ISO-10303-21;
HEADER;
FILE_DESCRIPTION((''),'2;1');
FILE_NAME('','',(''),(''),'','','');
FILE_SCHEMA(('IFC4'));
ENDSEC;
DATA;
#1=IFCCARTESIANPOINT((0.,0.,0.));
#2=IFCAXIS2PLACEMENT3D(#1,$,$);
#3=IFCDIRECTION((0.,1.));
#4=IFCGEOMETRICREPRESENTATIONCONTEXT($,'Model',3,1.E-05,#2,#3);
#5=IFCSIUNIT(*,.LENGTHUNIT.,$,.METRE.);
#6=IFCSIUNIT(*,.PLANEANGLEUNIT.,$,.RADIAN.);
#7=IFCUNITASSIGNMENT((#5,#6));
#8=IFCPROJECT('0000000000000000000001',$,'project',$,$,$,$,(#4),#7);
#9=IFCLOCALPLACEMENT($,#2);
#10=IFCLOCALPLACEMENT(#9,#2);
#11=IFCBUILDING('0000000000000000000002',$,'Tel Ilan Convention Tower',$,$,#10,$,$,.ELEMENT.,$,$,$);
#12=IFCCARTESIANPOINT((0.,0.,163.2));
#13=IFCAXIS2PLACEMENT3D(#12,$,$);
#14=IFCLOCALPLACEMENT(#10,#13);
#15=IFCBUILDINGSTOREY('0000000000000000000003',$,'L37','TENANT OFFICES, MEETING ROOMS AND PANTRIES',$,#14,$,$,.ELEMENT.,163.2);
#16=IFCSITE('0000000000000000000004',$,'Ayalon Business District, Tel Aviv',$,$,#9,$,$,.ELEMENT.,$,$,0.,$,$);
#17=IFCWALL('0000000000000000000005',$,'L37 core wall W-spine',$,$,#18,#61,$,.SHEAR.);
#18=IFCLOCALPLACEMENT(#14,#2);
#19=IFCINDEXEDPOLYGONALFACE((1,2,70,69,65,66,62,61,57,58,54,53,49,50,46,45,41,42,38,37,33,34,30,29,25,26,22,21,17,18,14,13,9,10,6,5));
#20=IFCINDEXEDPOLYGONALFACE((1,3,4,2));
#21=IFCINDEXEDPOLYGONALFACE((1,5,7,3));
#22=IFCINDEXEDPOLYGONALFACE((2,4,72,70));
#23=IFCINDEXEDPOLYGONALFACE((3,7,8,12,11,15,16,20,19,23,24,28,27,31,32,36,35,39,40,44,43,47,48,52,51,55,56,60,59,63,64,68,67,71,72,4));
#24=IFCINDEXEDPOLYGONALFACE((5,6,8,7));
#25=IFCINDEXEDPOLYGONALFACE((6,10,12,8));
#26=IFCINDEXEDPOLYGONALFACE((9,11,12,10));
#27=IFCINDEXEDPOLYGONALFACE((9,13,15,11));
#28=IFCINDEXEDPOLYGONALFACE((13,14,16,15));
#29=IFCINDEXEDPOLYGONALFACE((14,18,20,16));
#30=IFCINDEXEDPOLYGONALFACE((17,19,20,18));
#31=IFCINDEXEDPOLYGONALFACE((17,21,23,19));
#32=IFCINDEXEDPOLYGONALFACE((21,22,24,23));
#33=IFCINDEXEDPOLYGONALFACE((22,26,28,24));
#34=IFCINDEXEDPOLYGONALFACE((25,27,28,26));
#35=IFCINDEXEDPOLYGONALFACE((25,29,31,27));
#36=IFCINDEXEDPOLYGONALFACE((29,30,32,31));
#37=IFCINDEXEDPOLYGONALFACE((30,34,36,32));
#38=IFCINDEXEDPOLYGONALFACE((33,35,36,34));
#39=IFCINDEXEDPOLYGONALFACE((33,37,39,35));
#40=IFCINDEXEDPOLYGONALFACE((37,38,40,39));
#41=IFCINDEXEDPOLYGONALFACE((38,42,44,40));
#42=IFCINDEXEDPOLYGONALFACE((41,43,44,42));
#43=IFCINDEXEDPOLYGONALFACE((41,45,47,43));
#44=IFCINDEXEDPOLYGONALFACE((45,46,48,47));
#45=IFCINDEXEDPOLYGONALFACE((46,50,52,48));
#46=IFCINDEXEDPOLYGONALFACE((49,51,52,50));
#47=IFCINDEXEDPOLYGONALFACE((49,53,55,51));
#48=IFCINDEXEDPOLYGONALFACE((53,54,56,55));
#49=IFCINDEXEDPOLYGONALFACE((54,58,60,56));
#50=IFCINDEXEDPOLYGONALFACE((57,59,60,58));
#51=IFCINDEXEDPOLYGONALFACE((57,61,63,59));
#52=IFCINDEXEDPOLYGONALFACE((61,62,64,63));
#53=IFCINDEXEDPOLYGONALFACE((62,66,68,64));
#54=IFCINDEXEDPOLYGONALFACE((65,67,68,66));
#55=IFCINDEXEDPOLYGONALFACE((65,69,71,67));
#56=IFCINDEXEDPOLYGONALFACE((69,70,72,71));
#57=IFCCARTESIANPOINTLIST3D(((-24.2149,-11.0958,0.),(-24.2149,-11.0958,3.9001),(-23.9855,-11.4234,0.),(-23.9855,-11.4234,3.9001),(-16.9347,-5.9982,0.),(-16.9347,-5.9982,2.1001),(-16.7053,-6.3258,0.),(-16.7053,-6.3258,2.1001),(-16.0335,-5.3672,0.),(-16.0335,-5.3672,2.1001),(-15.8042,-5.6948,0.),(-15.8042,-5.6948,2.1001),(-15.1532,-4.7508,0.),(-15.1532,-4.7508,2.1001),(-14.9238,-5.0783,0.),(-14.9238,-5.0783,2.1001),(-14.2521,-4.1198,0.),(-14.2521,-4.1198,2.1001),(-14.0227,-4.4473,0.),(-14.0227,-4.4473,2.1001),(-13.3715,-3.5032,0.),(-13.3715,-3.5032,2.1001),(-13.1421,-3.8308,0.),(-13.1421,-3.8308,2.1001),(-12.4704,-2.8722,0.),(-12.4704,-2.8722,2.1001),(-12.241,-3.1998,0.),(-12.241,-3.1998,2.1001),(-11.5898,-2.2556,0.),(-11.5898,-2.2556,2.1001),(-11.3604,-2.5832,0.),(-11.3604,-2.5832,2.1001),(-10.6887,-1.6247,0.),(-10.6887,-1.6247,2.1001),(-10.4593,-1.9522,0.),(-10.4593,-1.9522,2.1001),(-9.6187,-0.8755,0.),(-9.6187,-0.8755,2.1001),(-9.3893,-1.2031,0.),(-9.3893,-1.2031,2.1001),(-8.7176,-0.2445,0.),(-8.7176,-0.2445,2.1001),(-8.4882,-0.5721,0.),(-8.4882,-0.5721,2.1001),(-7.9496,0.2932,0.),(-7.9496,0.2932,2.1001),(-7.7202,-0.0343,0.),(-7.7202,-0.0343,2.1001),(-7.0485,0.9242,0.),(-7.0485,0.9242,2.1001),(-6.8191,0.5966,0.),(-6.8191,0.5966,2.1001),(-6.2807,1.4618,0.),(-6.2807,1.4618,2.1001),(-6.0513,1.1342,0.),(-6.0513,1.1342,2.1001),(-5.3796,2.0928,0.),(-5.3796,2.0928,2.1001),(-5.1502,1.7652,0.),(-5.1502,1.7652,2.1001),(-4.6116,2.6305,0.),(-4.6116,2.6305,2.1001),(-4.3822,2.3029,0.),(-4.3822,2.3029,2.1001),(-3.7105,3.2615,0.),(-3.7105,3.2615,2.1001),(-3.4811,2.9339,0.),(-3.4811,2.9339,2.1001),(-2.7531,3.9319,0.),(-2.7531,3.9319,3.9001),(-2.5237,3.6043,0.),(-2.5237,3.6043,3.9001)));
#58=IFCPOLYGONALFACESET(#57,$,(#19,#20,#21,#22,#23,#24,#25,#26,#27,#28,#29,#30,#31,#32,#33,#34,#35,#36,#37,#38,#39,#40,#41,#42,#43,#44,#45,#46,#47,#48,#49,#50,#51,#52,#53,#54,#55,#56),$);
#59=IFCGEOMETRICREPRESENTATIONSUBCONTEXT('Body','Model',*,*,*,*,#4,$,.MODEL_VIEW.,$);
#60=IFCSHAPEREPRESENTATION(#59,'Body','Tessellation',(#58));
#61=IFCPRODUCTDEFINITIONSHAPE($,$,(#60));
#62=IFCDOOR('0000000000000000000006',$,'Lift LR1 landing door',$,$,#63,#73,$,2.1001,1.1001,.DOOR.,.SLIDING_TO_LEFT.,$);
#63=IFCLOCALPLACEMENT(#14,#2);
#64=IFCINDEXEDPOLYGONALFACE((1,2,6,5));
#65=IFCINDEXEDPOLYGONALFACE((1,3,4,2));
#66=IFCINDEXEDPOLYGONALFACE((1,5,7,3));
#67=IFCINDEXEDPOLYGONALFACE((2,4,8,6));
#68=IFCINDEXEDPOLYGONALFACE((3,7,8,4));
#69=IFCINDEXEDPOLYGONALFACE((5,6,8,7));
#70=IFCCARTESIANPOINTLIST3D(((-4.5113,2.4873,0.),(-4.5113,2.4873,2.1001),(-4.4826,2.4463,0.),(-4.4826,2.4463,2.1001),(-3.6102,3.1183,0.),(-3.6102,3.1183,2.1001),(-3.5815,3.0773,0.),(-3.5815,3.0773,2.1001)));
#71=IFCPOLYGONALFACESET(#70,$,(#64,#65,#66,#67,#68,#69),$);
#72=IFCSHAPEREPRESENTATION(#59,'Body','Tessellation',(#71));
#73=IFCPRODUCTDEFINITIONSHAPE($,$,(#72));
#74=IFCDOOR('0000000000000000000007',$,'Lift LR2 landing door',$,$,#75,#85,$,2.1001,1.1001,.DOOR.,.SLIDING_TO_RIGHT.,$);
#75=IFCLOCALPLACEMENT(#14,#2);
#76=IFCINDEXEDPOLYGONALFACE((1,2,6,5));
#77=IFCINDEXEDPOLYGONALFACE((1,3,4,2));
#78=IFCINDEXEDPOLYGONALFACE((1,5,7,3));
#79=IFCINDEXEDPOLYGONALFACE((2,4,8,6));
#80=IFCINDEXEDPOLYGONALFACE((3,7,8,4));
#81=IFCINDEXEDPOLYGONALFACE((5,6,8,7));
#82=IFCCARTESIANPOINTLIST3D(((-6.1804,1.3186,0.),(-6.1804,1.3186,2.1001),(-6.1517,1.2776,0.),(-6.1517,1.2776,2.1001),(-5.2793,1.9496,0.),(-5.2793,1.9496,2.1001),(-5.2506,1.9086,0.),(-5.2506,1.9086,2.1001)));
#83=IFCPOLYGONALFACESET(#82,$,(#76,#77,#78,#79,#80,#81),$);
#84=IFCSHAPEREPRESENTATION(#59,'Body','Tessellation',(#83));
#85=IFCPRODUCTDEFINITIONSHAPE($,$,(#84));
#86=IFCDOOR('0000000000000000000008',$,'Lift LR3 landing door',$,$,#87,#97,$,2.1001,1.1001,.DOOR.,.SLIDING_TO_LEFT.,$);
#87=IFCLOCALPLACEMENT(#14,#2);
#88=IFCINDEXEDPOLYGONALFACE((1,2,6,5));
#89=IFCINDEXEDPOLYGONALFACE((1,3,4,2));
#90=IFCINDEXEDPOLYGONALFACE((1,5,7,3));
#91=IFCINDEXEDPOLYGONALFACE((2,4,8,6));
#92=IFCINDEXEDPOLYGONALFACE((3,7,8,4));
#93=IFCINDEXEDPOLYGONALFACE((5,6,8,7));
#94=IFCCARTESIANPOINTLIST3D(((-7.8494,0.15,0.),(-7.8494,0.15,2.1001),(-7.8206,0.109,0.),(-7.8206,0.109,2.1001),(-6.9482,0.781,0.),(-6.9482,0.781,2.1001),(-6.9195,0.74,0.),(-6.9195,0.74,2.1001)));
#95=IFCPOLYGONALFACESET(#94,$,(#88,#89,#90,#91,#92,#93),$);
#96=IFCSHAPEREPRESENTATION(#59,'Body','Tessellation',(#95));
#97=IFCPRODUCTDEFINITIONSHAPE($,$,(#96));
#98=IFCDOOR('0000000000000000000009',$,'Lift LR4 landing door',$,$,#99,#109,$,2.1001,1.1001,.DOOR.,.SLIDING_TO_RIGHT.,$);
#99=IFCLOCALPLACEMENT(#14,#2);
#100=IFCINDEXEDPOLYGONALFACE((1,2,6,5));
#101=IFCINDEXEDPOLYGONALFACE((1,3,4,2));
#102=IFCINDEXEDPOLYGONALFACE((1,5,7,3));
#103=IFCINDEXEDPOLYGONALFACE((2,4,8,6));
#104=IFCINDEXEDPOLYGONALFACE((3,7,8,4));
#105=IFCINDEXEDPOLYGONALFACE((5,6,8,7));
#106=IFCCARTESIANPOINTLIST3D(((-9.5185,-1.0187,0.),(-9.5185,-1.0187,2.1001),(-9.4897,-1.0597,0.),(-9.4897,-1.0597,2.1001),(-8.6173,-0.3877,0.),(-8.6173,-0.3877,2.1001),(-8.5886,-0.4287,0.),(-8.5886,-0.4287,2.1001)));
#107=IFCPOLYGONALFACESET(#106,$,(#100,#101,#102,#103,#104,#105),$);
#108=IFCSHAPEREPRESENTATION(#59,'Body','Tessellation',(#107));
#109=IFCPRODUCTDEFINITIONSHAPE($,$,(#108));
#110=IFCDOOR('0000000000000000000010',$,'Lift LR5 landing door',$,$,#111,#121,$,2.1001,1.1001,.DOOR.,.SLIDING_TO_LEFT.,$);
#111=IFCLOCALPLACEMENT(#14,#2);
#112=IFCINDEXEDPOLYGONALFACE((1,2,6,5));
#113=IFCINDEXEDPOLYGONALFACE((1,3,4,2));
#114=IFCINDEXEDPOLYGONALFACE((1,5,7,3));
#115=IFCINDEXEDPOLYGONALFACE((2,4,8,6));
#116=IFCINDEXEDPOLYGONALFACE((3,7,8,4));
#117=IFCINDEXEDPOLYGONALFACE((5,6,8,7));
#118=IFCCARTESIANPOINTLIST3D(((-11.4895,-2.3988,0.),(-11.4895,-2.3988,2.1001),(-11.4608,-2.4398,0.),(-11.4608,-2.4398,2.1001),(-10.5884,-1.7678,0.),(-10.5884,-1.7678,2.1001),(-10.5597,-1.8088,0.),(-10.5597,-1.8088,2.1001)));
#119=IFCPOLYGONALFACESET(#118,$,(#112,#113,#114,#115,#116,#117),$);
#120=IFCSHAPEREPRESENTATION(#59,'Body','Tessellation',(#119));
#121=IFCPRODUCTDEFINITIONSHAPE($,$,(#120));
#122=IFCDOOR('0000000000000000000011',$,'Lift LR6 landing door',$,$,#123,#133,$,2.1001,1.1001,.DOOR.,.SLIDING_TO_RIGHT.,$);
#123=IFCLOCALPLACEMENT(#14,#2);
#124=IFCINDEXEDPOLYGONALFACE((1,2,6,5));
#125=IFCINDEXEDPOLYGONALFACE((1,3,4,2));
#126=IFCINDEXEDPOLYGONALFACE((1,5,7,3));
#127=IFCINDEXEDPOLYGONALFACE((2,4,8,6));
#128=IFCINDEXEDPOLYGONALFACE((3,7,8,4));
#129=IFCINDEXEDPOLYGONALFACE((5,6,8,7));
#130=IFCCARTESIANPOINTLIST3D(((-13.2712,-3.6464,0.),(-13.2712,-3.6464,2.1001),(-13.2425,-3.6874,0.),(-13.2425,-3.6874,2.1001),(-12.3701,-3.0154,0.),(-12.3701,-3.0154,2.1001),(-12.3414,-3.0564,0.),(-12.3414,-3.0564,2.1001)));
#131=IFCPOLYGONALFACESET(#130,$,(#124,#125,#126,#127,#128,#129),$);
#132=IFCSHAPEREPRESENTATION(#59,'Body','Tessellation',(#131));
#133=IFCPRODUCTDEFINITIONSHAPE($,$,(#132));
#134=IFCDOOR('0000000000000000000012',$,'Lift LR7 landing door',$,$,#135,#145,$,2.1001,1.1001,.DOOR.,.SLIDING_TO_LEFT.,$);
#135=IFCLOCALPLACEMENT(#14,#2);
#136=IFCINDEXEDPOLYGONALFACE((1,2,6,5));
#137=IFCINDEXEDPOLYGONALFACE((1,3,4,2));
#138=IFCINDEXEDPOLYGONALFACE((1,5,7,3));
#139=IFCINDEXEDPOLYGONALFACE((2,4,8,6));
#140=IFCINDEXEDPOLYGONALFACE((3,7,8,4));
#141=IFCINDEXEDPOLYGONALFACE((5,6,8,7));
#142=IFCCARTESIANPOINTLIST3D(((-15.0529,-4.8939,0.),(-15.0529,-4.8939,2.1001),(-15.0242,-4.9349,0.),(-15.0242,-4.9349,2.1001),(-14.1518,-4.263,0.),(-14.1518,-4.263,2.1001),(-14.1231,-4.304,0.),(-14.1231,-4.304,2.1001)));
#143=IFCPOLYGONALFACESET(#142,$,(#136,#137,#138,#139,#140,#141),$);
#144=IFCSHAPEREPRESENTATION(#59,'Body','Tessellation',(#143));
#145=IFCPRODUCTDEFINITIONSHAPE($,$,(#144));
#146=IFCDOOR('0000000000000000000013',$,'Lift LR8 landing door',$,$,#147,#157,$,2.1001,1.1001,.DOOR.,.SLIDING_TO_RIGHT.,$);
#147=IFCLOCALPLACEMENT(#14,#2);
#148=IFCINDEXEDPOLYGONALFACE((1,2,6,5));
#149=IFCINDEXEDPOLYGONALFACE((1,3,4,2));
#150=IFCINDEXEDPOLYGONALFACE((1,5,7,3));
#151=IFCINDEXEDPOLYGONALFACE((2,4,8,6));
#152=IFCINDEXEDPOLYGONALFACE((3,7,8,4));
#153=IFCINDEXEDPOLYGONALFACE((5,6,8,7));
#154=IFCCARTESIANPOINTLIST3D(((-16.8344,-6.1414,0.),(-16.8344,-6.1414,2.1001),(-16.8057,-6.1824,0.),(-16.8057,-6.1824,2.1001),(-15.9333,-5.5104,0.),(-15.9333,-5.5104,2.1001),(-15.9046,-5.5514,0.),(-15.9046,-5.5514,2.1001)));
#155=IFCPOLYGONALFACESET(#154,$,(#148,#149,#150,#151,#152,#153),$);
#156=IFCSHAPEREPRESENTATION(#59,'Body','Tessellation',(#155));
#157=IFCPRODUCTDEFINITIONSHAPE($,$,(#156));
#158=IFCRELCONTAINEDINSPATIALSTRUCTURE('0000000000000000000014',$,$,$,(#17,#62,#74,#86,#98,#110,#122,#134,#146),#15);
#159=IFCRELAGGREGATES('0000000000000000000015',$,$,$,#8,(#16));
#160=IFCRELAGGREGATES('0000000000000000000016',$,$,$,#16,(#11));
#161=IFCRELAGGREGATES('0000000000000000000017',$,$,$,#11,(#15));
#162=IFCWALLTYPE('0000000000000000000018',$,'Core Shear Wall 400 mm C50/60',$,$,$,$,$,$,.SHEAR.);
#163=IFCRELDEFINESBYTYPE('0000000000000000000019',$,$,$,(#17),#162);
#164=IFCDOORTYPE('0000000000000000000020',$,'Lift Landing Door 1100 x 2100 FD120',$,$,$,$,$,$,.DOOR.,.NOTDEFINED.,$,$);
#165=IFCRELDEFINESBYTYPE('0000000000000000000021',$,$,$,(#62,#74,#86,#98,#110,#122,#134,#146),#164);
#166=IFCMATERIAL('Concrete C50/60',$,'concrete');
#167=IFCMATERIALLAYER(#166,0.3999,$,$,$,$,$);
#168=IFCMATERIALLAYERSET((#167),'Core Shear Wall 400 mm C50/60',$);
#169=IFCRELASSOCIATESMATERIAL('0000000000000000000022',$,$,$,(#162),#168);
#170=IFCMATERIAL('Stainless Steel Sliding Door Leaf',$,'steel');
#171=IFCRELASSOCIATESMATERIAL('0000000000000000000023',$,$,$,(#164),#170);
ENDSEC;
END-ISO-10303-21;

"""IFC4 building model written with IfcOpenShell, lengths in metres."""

from ifc_helpers import new_model, si_unit, direction, frame, frame_2d, origin, place, context, subcontext, project, spatial, polyline, rectangle, outline, extrude, material, layer, layer_set, type_object, element, fill, save


model = new_model("IFC4")

# Units and contexts
model_context = context("Model", 3, precision=1e-05, world=origin(), true_north=direction((0.0, 1.0)))
body_context = subcontext(model_context, "Body", "Model", "MODEL_VIEW")
ifc_project = project(units=[si_unit("LENGTHUNIT", "METRE"), si_unit("PLANEANGLEUNIT", "RADIAN")], contexts=[model_context])

# Site, building, storey
site_placement = place(None, origin())
site = spatial("IfcSite", under=ifc_project, at=site_placement, Name="Ayalon Business District, Tel Aviv", CompositionType="ELEMENT", RefElevation=0.0)
building_placement = place(site_placement, origin())
building = spatial("IfcBuilding", under=site, at=building_placement, Name="Tel Ilan Convention Tower", CompositionType="ELEMENT")
storey_placement = place(building_placement, frame((0.0, 0.0, 163.2)))
storey = spatial("IfcBuildingStorey", under=building, at=storey_placement, Name="L37", Description="TENANT OFFICES, MEETING ROOMS AND PANTRIES", CompositionType="ELEMENT", Elevation=163.2)

# Wall, openings, doors
ifc_material_1 = material(Name="Concrete C50/60", Category="concrete")
ifc_layer_1 = layer(ifc_material_1, 0.3999)
ifc_layer_set_1 = layer_set([ifc_layer_1], Name="Core Shear Wall 400 mm C50/60")
wall_type_1 = type_object("IfcWallType", Name="Core Shear Wall 400 mm C50/60", PredefinedType="SHEAR", material=ifc_layer_set_1)
wall_1_placement = place(storey_placement, frame((-2.6384, 3.7681, 0.0), z_axis=(0.0, 0.0, 1.0), x_axis=(-0.819153, -0.573576, 0.0)))
wall_1 = element("IfcWall", 1, at=wall_1_placement, inside=storey, type_object=wall_type_1, Name="L37 core wall W-spine", PredefinedType="SHEAR", context=body_context, shape_type="SweptSolid", body=[
    extrude(outline(polyline([(26.2, 0.2), (0.0, 0.2), (0.0, -0.2), (26.2, -0.2), (26.2, 0.2)])), origin(), (0.0, 0.0, 1.0), 3.9001),
])
opening_1_placement = place(wall_1_placement, frame((1.1687, 0.0, 0.0)))
opening_1 = element("IfcOpeningElement", 2, at=opening_1_placement, cuts=wall_1, PredefinedType="OPENING", context=body_context, shape_type="SweptSolid", body=[
    extrude(rectangle(XDim=1.1001, YDim=2.1001, at=frame_2d((0.55, 1.05))), frame((0.0, 0.21, 0.0), z_axis=(0.0, -1.0, 0.0), x_axis=(1.0, 0.0, 0.0)), (0.0, 0.0, 1.0), 0.4199),
])
opening_2_placement = place(wall_1_placement, frame((3.2063, 0.0, 0.0)))
opening_2 = element("IfcOpeningElement", 3, at=opening_2_placement, cuts=wall_1, PredefinedType="OPENING", context=body_context, shape_type="SweptSolid", body=[
    extrude(rectangle(XDim=1.1001, YDim=2.1001, at=frame_2d((0.55, 1.05))), frame((0.0, 0.21, 0.0), z_axis=(0.0, -1.0, 0.0), x_axis=(1.0, 0.0, 0.0)), (0.0, 0.0, 1.0), 0.4199),
])
opening_3_placement = place(wall_1_placement, frame((5.2437, 0.0, 0.0)))
opening_3 = element("IfcOpeningElement", 4, at=opening_3_placement, cuts=wall_1, PredefinedType="OPENING", context=body_context, shape_type="SweptSolid", body=[
    extrude(rectangle(XDim=1.1001, YDim=2.1001, at=frame_2d((0.55, 1.05))), frame((0.0, 0.21, 0.0), z_axis=(0.0, -1.0, 0.0), x_axis=(1.0, 0.0, 0.0)), (0.0, 0.0, 1.0), 0.4199),
])
opening_4_placement = place(wall_1_placement, frame((7.2812, 0.0, 0.0)))
opening_4 = element("IfcOpeningElement", 5, at=opening_4_placement, cuts=wall_1, PredefinedType="OPENING", context=body_context, shape_type="SweptSolid", body=[
    extrude(rectangle(XDim=1.1001, YDim=2.1001, at=frame_2d((0.55, 1.05))), frame((0.0, 0.21, 0.0), z_axis=(0.0, -1.0, 0.0), x_axis=(1.0, 0.0, 0.0)), (0.0, 0.0, 1.0), 0.4199),
])
opening_5_placement = place(wall_1_placement, frame((9.6875, 0.0, 0.0)))
opening_5 = element("IfcOpeningElement", 6, at=opening_5_placement, cuts=wall_1, PredefinedType="OPENING", context=body_context, shape_type="SweptSolid", body=[
    extrude(rectangle(XDim=1.1001, YDim=2.1001, at=frame_2d((0.55, 1.05))), frame((0.0, 0.21, 0.0), z_axis=(0.0, -1.0, 0.0), x_axis=(1.0, 0.0, 0.0)), (0.0, 0.0, 1.0), 0.4199),
])
opening_6_placement = place(wall_1_placement, frame((11.8625, 0.0, 0.0)))
opening_6 = element("IfcOpeningElement", 7, at=opening_6_placement, cuts=wall_1, PredefinedType="OPENING", context=body_context, shape_type="SweptSolid", body=[
    extrude(rectangle(XDim=1.1001, YDim=2.1001, at=frame_2d((0.55, 1.05))), frame((0.0, 0.21, 0.0), z_axis=(0.0, -1.0, 0.0), x_axis=(1.0, 0.0, 0.0)), (0.0, 0.0, 1.0), 0.4199),
])
opening_7_placement = place(wall_1_placement, frame((14.0376, 0.0, 0.0)))
opening_7 = element("IfcOpeningElement", 8, at=opening_7_placement, cuts=wall_1, PredefinedType="OPENING", context=body_context, shape_type="SweptSolid", body=[
    extrude(rectangle(XDim=1.1001, YDim=2.1001, at=frame_2d((0.55, 1.05))), frame((0.0, 0.21, 0.0), z_axis=(0.0, -1.0, 0.0), x_axis=(1.0, 0.0, 0.0)), (0.0, 0.0, 1.0), 0.4199),
])
opening_8_placement = place(wall_1_placement, frame((16.2124, 0.0, 0.0)))
opening_8 = element("IfcOpeningElement", 9, at=opening_8_placement, cuts=wall_1, PredefinedType="OPENING", context=body_context, shape_type="SweptSolid", body=[
    extrude(rectangle(XDim=1.1001, YDim=2.1001, at=frame_2d((0.55, 1.05))), frame((0.0, 0.21, 0.0), z_axis=(0.0, -1.0, 0.0), x_axis=(1.0, 0.0, 0.0)), (0.0, 0.0, 1.0), 0.4199),
])
ifc_material_2 = material(Name="Stainless Steel Sliding Door Leaf", Category="steel")
door_type_1 = type_object("IfcDoorType", Name="Lift Landing Door 1100 x 2100 FD120", OperationType="NOTDEFINED", PredefinedType="DOOR", material=ifc_material_2)
door_1_placement = place(opening_1_placement, origin())
door_1 = element("IfcDoor", 10, at=door_1_placement, inside=storey, type_object=door_type_1, Name="Lift LR1 landing door", OperationType="SLIDING_TO_LEFT", OverallHeight=2.1001, OverallWidth=1.1001, PredefinedType="DOOR", context=body_context, shape_type="SweptSolid", body=[
    extrude(rectangle(XDim=1.1001, YDim=2.1001, at=frame_2d((0.55, 1.05))), frame((0.0, 0.0249, 0.0), z_axis=(0.0, -1.0, 0.0), x_axis=(1.0, 0.0, 0.0)), (0.0, 0.0, 1.0), 0.05),
])
fill(opening_1, door_1)
door_2_placement = place(opening_2_placement, origin())
door_2 = element("IfcDoor", 11, at=door_2_placement, inside=storey, type_object=door_type_1, Name="Lift LR2 landing door", OperationType="SLIDING_TO_RIGHT", OverallHeight=2.1001, OverallWidth=1.1001, PredefinedType="DOOR", context=body_context, shape_type="SweptSolid", body=[
    extrude(rectangle(XDim=1.1001, YDim=2.1001, at=frame_2d((0.55, 1.05))), frame((0.0, 0.0249, 0.0), z_axis=(0.0, -1.0, 0.0), x_axis=(1.0, 0.0, 0.0)), (0.0, 0.0, 1.0), 0.05),
])
fill(opening_2, door_2)
door_3_placement = place(opening_3_placement, origin())
door_3 = element("IfcDoor", 12, at=door_3_placement, inside=storey, type_object=door_type_1, Name="Lift LR3 landing door", OperationType="SLIDING_TO_LEFT", OverallHeight=2.1001, OverallWidth=1.1001, PredefinedType="DOOR", context=body_context, shape_type="SweptSolid", body=[
    extrude(rectangle(XDim=1.1001, YDim=2.1001, at=frame_2d((0.55, 1.05))), frame((0.0, 0.0249, 0.0), z_axis=(0.0, -1.0, 0.0), x_axis=(1.0, 0.0, 0.0)), (0.0, 0.0, 1.0), 0.05),
])
fill(opening_3, door_3)
door_4_placement = place(opening_4_placement, origin())
door_4 = element("IfcDoor", 13, at=door_4_placement, inside=storey, type_object=door_type_1, Name="Lift LR4 landing door", OperationType="SLIDING_TO_RIGHT", OverallHeight=2.1001, OverallWidth=1.1001, PredefinedType="DOOR", context=body_context, shape_type="SweptSolid", body=[
    extrude(rectangle(XDim=1.1001, YDim=2.1001, at=frame_2d((0.55, 1.05))), frame((0.0, 0.0249, 0.0), z_axis=(0.0, -1.0, 0.0), x_axis=(1.0, 0.0, 0.0)), (0.0, 0.0, 1.0), 0.05),
])
fill(opening_4, door_4)
door_5_placement = place(opening_5_placement, origin())
door_5 = element("IfcDoor", 14, at=door_5_placement, inside=storey, type_object=door_type_1, Name="Lift LR5 landing door", OperationType="SLIDING_TO_LEFT", OverallHeight=2.1001, OverallWidth=1.1001, PredefinedType="DOOR", context=body_context, shape_type="SweptSolid", body=[
    extrude(rectangle(XDim=1.1001, YDim=2.1001, at=frame_2d((0.55, 1.05))), frame((0.0, 0.0249, 0.0), z_axis=(0.0, -1.0, 0.0), x_axis=(1.0, 0.0, 0.0)), (0.0, 0.0, 1.0), 0.05),
])
fill(opening_5, door_5)
door_6_placement = place(opening_6_placement, origin())
door_6 = element("IfcDoor", 15, at=door_6_placement, inside=storey, type_object=door_type_1, Name="Lift LR6 landing door", OperationType="SLIDING_TO_RIGHT", OverallHeight=2.1001, OverallWidth=1.1001, PredefinedType="DOOR", context=body_context, shape_type="SweptSolid", body=[
    extrude(rectangle(XDim=1.1001, YDim=2.1001, at=frame_2d((0.55, 1.05))), frame((0.0, 0.0249, 0.0), z_axis=(0.0, -1.0, 0.0), x_axis=(1.0, 0.0, 0.0)), (0.0, 0.0, 1.0), 0.05),
])
fill(opening_6, door_6)
door_7_placement = place(opening_7_placement, origin())
door_7 = element("IfcDoor", 16, at=door_7_placement, inside=storey, type_object=door_type_1, Name="Lift LR7 landing door", OperationType="SLIDING_TO_LEFT", OverallHeight=2.1001, OverallWidth=1.1001, PredefinedType="DOOR", context=body_context, shape_type="SweptSolid", body=[
    extrude(rectangle(XDim=1.1001, YDim=2.1001, at=frame_2d((0.55, 1.05))), frame((0.0, 0.0249, 0.0), z_axis=(0.0, -1.0, 0.0), x_axis=(1.0, 0.0, 0.0)), (0.0, 0.0, 1.0), 0.05),
])
fill(opening_7, door_7)
door_8_placement = place(opening_8_placement, origin())
door_8 = element("IfcDoor", 17, at=door_8_placement, inside=storey, type_object=door_type_1, Name="Lift LR8 landing door", OperationType="SLIDING_TO_RIGHT", OverallHeight=2.1001, OverallWidth=1.1001, PredefinedType="DOOR", context=body_context, shape_type="SweptSolid", body=[
    extrude(rectangle(XDim=1.1001, YDim=2.1001, at=frame_2d((0.55, 1.05))), frame((0.0, 0.0249, 0.0), z_axis=(0.0, -1.0, 0.0), x_axis=(1.0, 0.0, 0.0)), (0.0, 0.0, 1.0), 0.05),
])
fill(opening_8, door_8)

save(model, "model.ifc")
